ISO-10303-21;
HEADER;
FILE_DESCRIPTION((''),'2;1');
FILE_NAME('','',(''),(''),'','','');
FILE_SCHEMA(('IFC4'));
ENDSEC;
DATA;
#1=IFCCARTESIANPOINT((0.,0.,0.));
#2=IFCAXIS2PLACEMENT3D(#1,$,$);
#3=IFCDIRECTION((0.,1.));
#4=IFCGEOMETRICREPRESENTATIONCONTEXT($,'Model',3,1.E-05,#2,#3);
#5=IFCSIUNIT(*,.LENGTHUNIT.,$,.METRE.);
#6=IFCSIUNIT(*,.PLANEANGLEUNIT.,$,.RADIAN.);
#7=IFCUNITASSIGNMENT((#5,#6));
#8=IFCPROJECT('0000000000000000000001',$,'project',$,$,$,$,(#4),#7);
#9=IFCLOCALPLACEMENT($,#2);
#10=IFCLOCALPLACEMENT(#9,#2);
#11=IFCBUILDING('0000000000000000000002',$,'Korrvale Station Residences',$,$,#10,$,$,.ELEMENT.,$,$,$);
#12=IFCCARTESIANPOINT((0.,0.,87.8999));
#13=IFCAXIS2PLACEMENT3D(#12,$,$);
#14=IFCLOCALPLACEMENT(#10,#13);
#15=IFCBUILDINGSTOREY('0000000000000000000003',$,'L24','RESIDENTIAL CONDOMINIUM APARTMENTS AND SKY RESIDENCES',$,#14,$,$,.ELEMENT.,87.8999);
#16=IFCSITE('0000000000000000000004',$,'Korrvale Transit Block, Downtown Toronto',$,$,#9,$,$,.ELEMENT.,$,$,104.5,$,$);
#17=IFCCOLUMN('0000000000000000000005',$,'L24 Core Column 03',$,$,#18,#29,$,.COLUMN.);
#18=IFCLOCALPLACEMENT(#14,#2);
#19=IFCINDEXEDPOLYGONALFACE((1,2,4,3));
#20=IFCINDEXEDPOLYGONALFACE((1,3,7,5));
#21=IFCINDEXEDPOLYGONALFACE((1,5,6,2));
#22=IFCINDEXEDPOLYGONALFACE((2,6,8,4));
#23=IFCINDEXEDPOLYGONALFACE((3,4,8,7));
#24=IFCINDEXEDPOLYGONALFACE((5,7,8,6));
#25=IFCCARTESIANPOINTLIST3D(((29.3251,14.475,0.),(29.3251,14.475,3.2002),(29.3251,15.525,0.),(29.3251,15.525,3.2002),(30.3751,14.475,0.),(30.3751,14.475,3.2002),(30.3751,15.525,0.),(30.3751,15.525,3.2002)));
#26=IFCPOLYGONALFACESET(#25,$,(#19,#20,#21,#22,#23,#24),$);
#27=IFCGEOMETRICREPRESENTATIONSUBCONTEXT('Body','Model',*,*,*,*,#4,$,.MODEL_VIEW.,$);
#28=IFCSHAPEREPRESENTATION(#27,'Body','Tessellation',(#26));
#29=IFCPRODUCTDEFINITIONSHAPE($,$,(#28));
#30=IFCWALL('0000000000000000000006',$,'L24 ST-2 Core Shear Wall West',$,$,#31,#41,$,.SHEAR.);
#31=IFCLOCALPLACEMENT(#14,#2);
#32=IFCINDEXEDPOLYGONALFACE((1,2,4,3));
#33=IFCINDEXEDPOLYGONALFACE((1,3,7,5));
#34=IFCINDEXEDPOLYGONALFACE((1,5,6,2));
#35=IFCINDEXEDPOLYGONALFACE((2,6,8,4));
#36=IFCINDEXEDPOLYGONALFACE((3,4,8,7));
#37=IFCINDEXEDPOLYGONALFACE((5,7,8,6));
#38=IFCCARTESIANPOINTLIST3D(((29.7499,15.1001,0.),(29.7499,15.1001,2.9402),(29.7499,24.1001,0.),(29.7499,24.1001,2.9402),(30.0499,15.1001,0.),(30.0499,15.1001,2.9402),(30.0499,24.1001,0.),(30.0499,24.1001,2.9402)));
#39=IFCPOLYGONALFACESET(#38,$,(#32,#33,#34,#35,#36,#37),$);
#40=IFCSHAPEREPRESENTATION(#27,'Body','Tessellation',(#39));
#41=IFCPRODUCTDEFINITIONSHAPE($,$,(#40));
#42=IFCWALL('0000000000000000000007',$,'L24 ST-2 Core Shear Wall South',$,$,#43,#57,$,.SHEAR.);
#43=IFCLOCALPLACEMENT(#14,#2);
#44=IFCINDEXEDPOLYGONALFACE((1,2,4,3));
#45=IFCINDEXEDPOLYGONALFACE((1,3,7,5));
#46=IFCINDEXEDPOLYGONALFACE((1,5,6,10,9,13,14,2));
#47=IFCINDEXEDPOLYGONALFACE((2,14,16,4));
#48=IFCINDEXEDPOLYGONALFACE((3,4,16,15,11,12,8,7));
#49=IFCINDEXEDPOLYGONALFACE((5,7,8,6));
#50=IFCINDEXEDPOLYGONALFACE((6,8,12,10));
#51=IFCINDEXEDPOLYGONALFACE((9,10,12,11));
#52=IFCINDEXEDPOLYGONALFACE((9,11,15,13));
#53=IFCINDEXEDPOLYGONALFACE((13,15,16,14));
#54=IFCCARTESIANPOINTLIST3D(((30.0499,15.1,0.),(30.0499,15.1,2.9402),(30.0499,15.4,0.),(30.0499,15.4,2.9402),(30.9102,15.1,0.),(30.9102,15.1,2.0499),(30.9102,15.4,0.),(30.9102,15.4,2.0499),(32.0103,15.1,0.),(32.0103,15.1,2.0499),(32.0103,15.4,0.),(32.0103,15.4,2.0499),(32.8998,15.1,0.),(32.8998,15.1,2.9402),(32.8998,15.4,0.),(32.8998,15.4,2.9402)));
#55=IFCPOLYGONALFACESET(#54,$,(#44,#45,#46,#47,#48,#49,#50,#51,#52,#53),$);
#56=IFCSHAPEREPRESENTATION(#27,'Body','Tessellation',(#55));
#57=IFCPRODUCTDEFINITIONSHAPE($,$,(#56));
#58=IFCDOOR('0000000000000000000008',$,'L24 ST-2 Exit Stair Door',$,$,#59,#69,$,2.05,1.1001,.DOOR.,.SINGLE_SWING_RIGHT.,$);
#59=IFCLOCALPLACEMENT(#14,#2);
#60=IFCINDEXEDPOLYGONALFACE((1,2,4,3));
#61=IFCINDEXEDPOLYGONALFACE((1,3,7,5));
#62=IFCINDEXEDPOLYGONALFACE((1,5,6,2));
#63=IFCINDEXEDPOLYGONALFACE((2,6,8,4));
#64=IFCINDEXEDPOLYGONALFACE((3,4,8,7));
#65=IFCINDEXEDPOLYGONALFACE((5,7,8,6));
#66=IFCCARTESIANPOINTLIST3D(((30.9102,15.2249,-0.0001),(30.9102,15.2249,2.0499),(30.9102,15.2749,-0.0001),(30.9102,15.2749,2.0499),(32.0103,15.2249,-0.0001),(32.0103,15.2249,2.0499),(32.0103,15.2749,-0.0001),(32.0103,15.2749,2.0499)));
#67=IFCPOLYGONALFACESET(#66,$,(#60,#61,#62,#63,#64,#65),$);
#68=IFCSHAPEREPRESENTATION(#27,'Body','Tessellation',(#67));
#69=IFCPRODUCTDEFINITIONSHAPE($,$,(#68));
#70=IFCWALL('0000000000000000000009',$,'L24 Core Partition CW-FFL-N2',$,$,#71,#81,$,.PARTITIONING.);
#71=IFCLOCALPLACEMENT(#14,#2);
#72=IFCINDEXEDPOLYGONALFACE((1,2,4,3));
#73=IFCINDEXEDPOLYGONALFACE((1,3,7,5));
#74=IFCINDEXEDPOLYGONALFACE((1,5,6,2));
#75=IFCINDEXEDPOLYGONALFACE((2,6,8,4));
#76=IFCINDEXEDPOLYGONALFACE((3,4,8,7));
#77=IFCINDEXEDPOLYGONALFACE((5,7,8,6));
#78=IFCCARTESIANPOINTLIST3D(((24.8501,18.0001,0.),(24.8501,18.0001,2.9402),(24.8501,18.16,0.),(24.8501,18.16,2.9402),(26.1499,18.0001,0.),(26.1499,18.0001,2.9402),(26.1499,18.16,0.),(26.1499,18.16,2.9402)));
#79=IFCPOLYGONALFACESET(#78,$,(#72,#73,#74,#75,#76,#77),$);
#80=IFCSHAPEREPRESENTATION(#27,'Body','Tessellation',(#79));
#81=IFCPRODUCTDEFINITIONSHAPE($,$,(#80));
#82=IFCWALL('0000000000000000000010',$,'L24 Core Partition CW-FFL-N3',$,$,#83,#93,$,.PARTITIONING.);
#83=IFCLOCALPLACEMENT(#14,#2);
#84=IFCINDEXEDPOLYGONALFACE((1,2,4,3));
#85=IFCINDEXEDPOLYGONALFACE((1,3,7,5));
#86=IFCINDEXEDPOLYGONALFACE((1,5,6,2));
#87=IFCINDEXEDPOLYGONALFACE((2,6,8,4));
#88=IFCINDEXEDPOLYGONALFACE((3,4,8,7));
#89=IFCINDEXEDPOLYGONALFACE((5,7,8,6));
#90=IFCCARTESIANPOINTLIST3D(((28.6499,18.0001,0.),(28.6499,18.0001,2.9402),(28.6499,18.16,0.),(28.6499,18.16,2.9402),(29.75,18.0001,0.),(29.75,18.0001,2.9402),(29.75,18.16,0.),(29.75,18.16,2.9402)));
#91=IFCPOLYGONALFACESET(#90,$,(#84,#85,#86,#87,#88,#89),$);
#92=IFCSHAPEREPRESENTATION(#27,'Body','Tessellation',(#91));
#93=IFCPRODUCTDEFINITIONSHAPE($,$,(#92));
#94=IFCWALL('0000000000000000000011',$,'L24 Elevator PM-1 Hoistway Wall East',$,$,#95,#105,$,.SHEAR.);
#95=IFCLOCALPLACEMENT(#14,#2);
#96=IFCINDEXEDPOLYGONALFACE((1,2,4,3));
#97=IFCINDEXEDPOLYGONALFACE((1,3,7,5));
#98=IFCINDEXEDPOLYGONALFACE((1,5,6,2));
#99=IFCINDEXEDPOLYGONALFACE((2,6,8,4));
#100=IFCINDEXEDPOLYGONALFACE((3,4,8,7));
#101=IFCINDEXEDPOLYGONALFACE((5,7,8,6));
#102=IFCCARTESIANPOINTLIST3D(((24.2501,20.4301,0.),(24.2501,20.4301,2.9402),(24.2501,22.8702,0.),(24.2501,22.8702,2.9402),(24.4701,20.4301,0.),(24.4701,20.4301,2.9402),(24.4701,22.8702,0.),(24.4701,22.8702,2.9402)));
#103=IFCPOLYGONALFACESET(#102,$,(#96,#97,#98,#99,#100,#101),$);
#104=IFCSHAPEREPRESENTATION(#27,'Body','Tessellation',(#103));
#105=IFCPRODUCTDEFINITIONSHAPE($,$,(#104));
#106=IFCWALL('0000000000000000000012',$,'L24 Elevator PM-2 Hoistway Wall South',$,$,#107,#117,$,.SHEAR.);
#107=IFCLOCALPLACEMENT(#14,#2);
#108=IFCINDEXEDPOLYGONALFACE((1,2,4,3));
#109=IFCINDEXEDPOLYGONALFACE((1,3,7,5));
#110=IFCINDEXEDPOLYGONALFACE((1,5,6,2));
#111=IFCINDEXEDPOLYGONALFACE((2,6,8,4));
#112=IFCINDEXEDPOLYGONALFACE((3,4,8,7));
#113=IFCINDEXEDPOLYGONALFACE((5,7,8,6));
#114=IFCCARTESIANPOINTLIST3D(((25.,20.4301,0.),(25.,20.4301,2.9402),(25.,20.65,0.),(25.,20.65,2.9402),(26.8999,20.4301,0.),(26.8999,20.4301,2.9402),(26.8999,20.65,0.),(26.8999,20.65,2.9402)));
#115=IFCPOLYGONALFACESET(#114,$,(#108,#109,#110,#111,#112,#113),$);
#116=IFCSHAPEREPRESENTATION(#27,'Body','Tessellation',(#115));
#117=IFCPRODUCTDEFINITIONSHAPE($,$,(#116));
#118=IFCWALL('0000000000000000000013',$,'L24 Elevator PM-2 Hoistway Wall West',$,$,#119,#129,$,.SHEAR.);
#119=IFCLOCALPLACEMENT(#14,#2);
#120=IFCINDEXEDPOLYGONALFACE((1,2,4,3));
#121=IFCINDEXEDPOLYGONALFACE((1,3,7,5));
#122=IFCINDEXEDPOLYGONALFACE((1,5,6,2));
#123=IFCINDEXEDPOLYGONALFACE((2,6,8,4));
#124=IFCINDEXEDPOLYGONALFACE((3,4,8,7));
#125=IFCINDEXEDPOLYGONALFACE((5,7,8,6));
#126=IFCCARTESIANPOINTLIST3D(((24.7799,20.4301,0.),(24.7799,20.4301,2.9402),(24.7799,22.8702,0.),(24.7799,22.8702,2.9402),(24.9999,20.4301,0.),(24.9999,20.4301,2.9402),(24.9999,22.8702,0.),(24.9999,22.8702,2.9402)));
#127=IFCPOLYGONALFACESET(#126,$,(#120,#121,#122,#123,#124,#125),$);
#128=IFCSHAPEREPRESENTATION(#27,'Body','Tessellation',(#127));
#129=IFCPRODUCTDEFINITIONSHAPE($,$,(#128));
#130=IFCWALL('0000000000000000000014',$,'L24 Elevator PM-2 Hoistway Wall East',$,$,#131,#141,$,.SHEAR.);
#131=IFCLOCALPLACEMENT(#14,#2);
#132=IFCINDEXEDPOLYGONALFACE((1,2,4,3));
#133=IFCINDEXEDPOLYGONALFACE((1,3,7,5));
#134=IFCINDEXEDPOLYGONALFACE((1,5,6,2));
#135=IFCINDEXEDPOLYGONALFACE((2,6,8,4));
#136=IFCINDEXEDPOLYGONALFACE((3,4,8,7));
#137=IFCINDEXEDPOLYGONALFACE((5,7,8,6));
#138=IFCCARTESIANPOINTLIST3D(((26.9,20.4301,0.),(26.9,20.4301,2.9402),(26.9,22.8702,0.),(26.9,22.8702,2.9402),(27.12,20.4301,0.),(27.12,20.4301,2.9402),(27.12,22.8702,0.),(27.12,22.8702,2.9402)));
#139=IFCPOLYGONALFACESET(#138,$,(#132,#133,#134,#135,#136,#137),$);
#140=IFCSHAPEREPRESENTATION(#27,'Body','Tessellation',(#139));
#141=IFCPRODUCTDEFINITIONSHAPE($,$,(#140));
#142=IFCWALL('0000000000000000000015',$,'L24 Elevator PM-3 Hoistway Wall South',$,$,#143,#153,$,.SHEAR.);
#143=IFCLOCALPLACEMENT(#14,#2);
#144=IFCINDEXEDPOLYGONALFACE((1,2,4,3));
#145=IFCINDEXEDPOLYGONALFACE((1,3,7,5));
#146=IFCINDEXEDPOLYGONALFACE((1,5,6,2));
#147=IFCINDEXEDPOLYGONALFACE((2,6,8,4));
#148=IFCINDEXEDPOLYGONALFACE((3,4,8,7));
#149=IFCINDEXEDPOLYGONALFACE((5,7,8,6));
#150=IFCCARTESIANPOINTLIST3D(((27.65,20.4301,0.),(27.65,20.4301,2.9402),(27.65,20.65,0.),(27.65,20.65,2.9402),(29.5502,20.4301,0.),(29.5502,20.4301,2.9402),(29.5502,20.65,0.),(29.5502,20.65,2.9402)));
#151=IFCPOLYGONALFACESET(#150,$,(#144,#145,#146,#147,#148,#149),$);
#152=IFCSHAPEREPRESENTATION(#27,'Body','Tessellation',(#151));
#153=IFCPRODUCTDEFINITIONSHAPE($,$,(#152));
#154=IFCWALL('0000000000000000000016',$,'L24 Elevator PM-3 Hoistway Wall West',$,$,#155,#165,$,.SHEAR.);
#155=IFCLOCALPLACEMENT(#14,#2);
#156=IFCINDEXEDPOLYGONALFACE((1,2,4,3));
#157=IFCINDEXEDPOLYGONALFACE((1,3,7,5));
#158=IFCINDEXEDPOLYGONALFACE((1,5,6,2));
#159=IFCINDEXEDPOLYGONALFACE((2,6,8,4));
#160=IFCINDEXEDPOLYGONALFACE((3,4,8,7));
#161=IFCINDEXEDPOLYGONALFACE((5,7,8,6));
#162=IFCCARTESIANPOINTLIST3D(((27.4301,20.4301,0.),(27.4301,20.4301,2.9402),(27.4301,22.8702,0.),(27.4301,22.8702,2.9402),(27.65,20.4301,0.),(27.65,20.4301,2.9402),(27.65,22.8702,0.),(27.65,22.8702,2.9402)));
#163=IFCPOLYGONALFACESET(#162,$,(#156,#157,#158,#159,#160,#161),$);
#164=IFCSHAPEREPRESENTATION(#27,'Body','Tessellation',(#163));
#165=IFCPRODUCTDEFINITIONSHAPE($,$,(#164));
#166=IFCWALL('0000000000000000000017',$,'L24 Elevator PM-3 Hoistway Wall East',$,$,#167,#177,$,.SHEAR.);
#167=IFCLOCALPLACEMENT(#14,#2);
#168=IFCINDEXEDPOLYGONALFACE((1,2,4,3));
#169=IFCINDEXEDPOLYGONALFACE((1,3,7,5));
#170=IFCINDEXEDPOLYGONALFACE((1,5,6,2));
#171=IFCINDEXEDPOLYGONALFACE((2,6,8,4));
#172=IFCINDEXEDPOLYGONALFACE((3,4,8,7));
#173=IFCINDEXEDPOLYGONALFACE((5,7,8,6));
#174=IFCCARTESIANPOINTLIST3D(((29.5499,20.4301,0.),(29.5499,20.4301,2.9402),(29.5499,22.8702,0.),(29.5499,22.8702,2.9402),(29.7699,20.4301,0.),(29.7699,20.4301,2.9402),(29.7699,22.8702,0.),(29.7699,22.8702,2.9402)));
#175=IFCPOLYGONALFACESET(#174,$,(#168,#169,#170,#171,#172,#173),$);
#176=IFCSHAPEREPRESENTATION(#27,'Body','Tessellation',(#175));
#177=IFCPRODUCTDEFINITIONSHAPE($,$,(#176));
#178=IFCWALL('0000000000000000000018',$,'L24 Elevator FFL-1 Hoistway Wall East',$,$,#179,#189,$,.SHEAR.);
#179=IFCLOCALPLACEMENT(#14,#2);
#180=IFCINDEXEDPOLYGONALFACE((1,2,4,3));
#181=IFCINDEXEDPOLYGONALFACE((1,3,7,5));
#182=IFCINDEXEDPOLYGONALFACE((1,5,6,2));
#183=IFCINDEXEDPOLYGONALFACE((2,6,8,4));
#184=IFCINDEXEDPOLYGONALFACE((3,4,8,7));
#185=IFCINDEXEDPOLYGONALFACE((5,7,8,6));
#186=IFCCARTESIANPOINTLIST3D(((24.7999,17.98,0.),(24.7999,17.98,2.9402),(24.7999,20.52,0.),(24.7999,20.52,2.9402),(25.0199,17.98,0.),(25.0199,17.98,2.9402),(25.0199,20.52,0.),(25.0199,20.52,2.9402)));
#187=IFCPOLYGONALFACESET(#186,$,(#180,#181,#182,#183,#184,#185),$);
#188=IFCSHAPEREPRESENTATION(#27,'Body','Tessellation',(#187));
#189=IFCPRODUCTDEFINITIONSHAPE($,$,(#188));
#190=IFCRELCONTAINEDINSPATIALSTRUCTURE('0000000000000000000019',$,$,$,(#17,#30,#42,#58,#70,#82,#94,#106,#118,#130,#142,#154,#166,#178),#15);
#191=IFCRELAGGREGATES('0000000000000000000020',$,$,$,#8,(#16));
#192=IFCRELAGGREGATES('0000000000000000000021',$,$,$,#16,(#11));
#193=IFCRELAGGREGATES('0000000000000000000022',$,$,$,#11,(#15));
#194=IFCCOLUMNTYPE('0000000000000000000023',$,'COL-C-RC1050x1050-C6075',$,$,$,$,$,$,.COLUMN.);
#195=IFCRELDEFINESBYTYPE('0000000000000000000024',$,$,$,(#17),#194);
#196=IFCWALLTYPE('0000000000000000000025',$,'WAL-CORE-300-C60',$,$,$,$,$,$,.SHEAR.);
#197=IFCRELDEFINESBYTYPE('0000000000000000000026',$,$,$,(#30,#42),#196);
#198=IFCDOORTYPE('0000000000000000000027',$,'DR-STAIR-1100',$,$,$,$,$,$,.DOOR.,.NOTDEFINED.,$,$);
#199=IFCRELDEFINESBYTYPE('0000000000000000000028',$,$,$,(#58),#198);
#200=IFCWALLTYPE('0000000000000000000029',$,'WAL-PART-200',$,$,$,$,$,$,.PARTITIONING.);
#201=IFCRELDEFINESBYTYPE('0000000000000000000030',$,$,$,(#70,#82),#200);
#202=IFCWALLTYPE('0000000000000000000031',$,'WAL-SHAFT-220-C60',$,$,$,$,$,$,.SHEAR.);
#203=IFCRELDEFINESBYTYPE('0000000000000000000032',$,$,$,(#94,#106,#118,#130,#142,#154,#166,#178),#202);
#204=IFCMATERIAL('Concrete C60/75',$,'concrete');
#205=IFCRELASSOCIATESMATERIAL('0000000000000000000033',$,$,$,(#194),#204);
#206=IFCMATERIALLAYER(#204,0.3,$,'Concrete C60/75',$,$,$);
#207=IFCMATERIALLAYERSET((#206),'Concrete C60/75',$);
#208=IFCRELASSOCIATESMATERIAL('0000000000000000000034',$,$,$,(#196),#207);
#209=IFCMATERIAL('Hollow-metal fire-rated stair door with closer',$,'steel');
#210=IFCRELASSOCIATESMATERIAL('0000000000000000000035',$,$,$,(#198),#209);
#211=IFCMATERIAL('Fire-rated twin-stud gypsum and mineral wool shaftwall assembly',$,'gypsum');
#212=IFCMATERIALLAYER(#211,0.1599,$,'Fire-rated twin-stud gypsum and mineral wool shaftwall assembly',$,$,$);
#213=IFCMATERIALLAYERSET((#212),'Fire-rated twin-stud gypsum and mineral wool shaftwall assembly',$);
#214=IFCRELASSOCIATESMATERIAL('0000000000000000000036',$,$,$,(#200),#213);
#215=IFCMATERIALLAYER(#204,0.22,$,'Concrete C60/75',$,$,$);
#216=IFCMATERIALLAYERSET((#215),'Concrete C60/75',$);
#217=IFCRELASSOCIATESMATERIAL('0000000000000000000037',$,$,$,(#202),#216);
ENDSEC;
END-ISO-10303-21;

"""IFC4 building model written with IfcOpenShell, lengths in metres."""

from ifc_helpers import new_model, si_unit, direction, frame, frame_2d, origin, origin_2d, place, context, subcontext, project, spatial, rectangle, extrude, material, layer, layer_set, material_profile, profile_set, type_object, element, fill, save


model = new_model("IFC4")

# Units and contexts
model_context = context("Model", 3, precision=1e-05, world=origin(), true_north=direction((0.0, 1.0)))
body_context = subcontext(model_context, "Body", "Model", "MODEL_VIEW")
ifc_project = project(units=[si_unit("LENGTHUNIT", "METRE"), si_unit("PLANEANGLEUNIT", "RADIAN")], contexts=[model_context])

# Site, building, storey
site_placement = place(None, origin())
site = spatial("IfcSite", under=ifc_project, at=site_placement, Name="Korrvale Transit Block, Downtown Toronto", CompositionType="ELEMENT", RefElevation=104.5)
building_placement = place(site_placement, origin())
building = spatial("IfcBuilding", under=site, at=building_placement, Name="Korrvale Station Residences", CompositionType="ELEMENT")
storey_placement = place(building_placement, frame((0.0, 0.0, 87.8999)))
storey = spatial("IfcBuildingStorey", under=building, at=storey_placement, Name="L24", Description="RESIDENTIAL CONDOMINIUM APARTMENTS AND SKY RESIDENCES", CompositionType="ELEMENT", Elevation=87.8999)

# Column
ifc_material_1 = material(Name="Concrete C60/75", Category="concrete")
ifc_material_profile = material_profile(ifc_material_1, rectangle(XDim=1.05, YDim=1.05, at=origin_2d()), Name="RC1050x1050")
ifc_profile_set = profile_set([ifc_material_profile], Name="Concrete C60/75")
column_type = type_object("IfcColumnType", Name="COL-C-RC1050x1050-C6075", PredefinedType="COLUMN", material=ifc_profile_set)
column_placement = place(storey_placement, frame((29.8501, 15.0, 0.0), z_axis=(0.0, 0.0, 1.0), x_axis=(1.0, 0.0, 0.0)))
element("IfcColumn", 1, at=column_placement, inside=storey, type_object=column_type, Name="L24 Core Column 03", PredefinedType="COLUMN", context=body_context, shape_type="SweptSolid", body=[
    extrude(rectangle(XDim=1.05, YDim=1.05, at=origin_2d()), origin(), (0.0, 0.0, 1.0), 3.2002),
])

# Wall
ifc_layer_1 = layer(ifc_material_1, 0.3, Name="Concrete C60/75")
ifc_layer_set_1 = layer_set([ifc_layer_1], Name="Concrete C60/75")
wall_type_1 = type_object("IfcWallType", Name="WAL-CORE-300-C60", PredefinedType="SHEAR", material=ifc_layer_set_1)
wall_1_placement = place(storey_placement, frame((29.8999, 15.1001, 0.0), z_axis=(0.0, 0.0, 1.0), x_axis=(0.0, 1.0, 0.0)))
element("IfcWall", 2, at=wall_1_placement, inside=storey, type_object=wall_type_1, Name="L24 ST-2 Core Shear Wall West", PredefinedType="SHEAR", context=body_context, shape_type="SweptSolid", body=[
    extrude(rectangle(XDim=9.0, YDim=0.3, at=frame_2d((4.5, 0.0))), origin(), (0.0, 0.0, 1.0), 2.9402),
])

# Wall, opening, door
wall_2_placement = place(storey_placement, frame((30.05, 15.25, 0.0), z_axis=(0.0, 0.0, 1.0), x_axis=(1.0, 0.0, 0.0)))
wall_2 = element("IfcWall", 3, at=wall_2_placement, inside=storey, type_object=wall_type_1, Name="L24 ST-2 Core Shear Wall South", PredefinedType="SHEAR", context=body_context, shape_type="SweptSolid", body=[
    extrude(rectangle(XDim=2.8499, YDim=0.3, at=frame_2d((1.4248, 0.0))), origin(), (0.0, 0.0, 1.0), 2.9402),
])
opening_1_placement = place(wall_2_placement, frame((0.8601, 0.0, 0.0)))
opening_1 = element("IfcOpeningElement", 4, at=opening_1_placement, cuts=wall_2, PredefinedType="OPENING", context=body_context, shape_type="SweptSolid", body=[
    extrude(rectangle(XDim=1.1001, YDim=2.05, at=frame_2d((0.55, 1.0249))), frame((0.0, 0.1602, 0.0), z_axis=(0.0, -1.0, 0.0), x_axis=(1.0, 0.0, 0.0)), (0.0, 0.0, 1.0), 0.3201),
])
ifc_material_2 = material(Name="Hollow-metal fire-rated stair door with closer", Category="steel")
door_type_1 = type_object("IfcDoorType", Name="DR-STAIR-1100", OperationType="NOTDEFINED", PredefinedType="DOOR", material=ifc_material_2)
door_1_placement = place(opening_1_placement, origin())
door_1 = element("IfcDoor", 5, at=door_1_placement, inside=storey, type_object=door_type_1, Name="L24 ST-2 Exit Stair Door", OperationType="SINGLE_SWING_RIGHT", OverallHeight=2.05, OverallWidth=1.1001, PredefinedType="DOOR", context=body_context, shape_type="SweptSolid", body=[
    extrude(rectangle(XDim=1.1001, YDim=2.05, at=frame_2d((0.55, 1.0249))), frame((0.0, 0.0249, 0.0), z_axis=(0.0, -1.0, 0.0), x_axis=(1.0, 0.0, 0.0)), (0.0, 0.0, 1.0), 0.05),
])
fill(opening_1, door_1)

# Walls
ifc_material_3 = material(Name="Fire-rated twin-stud gypsum and mineral wool shaftwall assembly", Category="gypsum")
ifc_layer_2 = layer(ifc_material_3, 0.1599, Name="Fire-rated twin-stud gypsum and mineral wool shaftwall assembly")
ifc_layer_set_2 = layer_set([ifc_layer_2], Name="Fire-rated twin-stud gypsum and mineral wool shaftwall assembly")
wall_type_2 = type_object("IfcWallType", Name="WAL-PART-200", PredefinedType="PARTITIONING", material=ifc_layer_set_2)
wall_3_placement = place(storey_placement, frame((24.8501, 18.0801, 0.0), z_axis=(0.0, 0.0, 1.0), x_axis=(1.0, 0.0, 0.0)))
element("IfcWall", 6, at=wall_3_placement, inside=storey, type_object=wall_type_2, Name="L24 Core Partition CW-FFL-N2", PredefinedType="PARTITIONING", context=body_context, shape_type="SweptSolid", body=[
    extrude(rectangle(XDim=1.2998, YDim=0.1599, at=frame_2d((0.6499, 0.0))), origin(), (0.0, 0.0, 1.0), 2.9402),
])
wall_4_placement = place(storey_placement, frame((28.6499, 18.0801, 0.0), z_axis=(0.0, 0.0, 1.0), x_axis=(1.0, 0.0, 0.0)))
element("IfcWall", 7, at=wall_4_placement, inside=storey, type_object=wall_type_2, Name="L24 Core Partition CW-FFL-N3", PredefinedType="PARTITIONING", context=body_context, shape_type="SweptSolid", body=[
    extrude(rectangle(XDim=1.1001, YDim=0.1599, at=frame_2d((0.55, 0.0))), origin(), (0.0, 0.0, 1.0), 2.9402),
])
ifc_layer_3 = layer(ifc_material_1, 0.22, Name="Concrete C60/75")
ifc_layer_set_3 = layer_set([ifc_layer_3], Name="Concrete C60/75")
wall_type_3 = type_object("IfcWallType", Name="WAL-SHAFT-220-C60", PredefinedType="SHEAR", material=ifc_layer_set_3)
wall_5_placement = place(storey_placement, frame((24.3601, 20.4299, 0.0), z_axis=(0.0, 0.0, 1.0), x_axis=(0.0, 1.0, 0.0)))
element("IfcWall", 8, at=wall_5_placement, inside=storey, type_object=wall_type_3, Name="L24 Elevator PM-1 Hoistway Wall East", PredefinedType="SHEAR", context=body_context, shape_type="SweptSolid", body=[
    extrude(rectangle(XDim=2.4402, YDim=0.22, at=frame_2d((1.2202, 0.0))), origin(), (0.0, 0.0, 1.0), 2.9402),
])
wall_6_placement = place(storey_placement, frame((25.0, 20.54, 0.0), z_axis=(0.0, 0.0, 1.0), x_axis=(1.0, 0.0, 0.0)))
element("IfcWall", 9, at=wall_6_placement, inside=storey, type_object=wall_type_3, Name="L24 Elevator PM-2 Hoistway Wall South", PredefinedType="SHEAR", context=body_context, shape_type="SweptSolid", body=[
    extrude(rectangle(XDim=1.8999, YDim=0.22, at=frame_2d((0.95, 0.0))), origin(), (0.0, 0.0, 1.0), 2.9402),
])
for number, where, z_axis, x_axis, name in (
    (10, (24.8899, 20.4299, 0.0), (0.0, 0.0, 1.0), (0.0, 1.0, 0.0), "L24 Elevator PM-2 Hoistway Wall West"),
    (11, (27.01, 20.4299, 0.0), (0.0, 0.0, 1.0), (0.0, 1.0, 0.0), "L24 Elevator PM-2 Hoistway Wall East"),
):
    element("IfcWall", number, at=place(storey_placement, frame(where, z_axis=z_axis, x_axis=x_axis)), inside=storey, type_object=wall_type_3, Name=name, PredefinedType="SHEAR", context=body_context, shape_type="SweptSolid", body=[
        extrude(rectangle(XDim=2.4402, YDim=0.22, at=frame_2d((1.2202, 0.0))), origin(), (0.0, 0.0, 1.0), 2.9402),
    ])
wall_7_placement = place(storey_placement, frame((27.6499, 20.54, 0.0), z_axis=(0.0, 0.0, 1.0), x_axis=(1.0, 0.0, 0.0)))
element("IfcWall", 12, at=wall_7_placement, inside=storey, type_object=wall_type_3, Name="L24 Elevator PM-3 Hoistway Wall South", PredefinedType="SHEAR", context=body_context, shape_type="SweptSolid", body=[
    extrude(rectangle(XDim=1.9001, YDim=0.22, at=frame_2d((0.9502, 0.0))), origin(), (0.0, 0.0, 1.0), 2.9402),
])
for number, where, z_axis, x_axis, name in (
    (13, (27.54, 20.4299, 0.0), (0.0, 0.0, 1.0), (0.0, 1.0, 0.0), "L24 Elevator PM-3 Hoistway Wall West"),
    (14, (29.6599, 20.4299, 0.0), (0.0, 0.0, 1.0), (0.0, 1.0, 0.0), "L24 Elevator PM-3 Hoistway Wall East"),
):
    element("IfcWall", number, at=place(storey_placement, frame(where, z_axis=z_axis, x_axis=x_axis)), inside=storey, type_object=wall_type_3, Name=name, PredefinedType="SHEAR", context=body_context, shape_type="SweptSolid", body=[
        extrude(rectangle(XDim=2.4402, YDim=0.22, at=frame_2d((1.2202, 0.0))), origin(), (0.0, 0.0, 1.0), 2.9402),
    ])
wall_8_placement = place(storey_placement, frame((24.9099, 17.98, 0.0), z_axis=(0.0, 0.0, 1.0), x_axis=(0.0, 1.0, 0.0)))
element("IfcWall", 15, at=wall_8_placement, inside=storey, type_object=wall_type_3, Name="L24 Elevator FFL-1 Hoistway Wall East", PredefinedType="SHEAR", context=body_context, shape_type="SweptSolid", body=[
    extrude(rectangle(XDim=2.54, YDim=0.22, at=frame_2d((1.27, 0.0))), origin(), (0.0, 0.0, 1.0), 2.9402),
])

save(model, "model.ifc")
